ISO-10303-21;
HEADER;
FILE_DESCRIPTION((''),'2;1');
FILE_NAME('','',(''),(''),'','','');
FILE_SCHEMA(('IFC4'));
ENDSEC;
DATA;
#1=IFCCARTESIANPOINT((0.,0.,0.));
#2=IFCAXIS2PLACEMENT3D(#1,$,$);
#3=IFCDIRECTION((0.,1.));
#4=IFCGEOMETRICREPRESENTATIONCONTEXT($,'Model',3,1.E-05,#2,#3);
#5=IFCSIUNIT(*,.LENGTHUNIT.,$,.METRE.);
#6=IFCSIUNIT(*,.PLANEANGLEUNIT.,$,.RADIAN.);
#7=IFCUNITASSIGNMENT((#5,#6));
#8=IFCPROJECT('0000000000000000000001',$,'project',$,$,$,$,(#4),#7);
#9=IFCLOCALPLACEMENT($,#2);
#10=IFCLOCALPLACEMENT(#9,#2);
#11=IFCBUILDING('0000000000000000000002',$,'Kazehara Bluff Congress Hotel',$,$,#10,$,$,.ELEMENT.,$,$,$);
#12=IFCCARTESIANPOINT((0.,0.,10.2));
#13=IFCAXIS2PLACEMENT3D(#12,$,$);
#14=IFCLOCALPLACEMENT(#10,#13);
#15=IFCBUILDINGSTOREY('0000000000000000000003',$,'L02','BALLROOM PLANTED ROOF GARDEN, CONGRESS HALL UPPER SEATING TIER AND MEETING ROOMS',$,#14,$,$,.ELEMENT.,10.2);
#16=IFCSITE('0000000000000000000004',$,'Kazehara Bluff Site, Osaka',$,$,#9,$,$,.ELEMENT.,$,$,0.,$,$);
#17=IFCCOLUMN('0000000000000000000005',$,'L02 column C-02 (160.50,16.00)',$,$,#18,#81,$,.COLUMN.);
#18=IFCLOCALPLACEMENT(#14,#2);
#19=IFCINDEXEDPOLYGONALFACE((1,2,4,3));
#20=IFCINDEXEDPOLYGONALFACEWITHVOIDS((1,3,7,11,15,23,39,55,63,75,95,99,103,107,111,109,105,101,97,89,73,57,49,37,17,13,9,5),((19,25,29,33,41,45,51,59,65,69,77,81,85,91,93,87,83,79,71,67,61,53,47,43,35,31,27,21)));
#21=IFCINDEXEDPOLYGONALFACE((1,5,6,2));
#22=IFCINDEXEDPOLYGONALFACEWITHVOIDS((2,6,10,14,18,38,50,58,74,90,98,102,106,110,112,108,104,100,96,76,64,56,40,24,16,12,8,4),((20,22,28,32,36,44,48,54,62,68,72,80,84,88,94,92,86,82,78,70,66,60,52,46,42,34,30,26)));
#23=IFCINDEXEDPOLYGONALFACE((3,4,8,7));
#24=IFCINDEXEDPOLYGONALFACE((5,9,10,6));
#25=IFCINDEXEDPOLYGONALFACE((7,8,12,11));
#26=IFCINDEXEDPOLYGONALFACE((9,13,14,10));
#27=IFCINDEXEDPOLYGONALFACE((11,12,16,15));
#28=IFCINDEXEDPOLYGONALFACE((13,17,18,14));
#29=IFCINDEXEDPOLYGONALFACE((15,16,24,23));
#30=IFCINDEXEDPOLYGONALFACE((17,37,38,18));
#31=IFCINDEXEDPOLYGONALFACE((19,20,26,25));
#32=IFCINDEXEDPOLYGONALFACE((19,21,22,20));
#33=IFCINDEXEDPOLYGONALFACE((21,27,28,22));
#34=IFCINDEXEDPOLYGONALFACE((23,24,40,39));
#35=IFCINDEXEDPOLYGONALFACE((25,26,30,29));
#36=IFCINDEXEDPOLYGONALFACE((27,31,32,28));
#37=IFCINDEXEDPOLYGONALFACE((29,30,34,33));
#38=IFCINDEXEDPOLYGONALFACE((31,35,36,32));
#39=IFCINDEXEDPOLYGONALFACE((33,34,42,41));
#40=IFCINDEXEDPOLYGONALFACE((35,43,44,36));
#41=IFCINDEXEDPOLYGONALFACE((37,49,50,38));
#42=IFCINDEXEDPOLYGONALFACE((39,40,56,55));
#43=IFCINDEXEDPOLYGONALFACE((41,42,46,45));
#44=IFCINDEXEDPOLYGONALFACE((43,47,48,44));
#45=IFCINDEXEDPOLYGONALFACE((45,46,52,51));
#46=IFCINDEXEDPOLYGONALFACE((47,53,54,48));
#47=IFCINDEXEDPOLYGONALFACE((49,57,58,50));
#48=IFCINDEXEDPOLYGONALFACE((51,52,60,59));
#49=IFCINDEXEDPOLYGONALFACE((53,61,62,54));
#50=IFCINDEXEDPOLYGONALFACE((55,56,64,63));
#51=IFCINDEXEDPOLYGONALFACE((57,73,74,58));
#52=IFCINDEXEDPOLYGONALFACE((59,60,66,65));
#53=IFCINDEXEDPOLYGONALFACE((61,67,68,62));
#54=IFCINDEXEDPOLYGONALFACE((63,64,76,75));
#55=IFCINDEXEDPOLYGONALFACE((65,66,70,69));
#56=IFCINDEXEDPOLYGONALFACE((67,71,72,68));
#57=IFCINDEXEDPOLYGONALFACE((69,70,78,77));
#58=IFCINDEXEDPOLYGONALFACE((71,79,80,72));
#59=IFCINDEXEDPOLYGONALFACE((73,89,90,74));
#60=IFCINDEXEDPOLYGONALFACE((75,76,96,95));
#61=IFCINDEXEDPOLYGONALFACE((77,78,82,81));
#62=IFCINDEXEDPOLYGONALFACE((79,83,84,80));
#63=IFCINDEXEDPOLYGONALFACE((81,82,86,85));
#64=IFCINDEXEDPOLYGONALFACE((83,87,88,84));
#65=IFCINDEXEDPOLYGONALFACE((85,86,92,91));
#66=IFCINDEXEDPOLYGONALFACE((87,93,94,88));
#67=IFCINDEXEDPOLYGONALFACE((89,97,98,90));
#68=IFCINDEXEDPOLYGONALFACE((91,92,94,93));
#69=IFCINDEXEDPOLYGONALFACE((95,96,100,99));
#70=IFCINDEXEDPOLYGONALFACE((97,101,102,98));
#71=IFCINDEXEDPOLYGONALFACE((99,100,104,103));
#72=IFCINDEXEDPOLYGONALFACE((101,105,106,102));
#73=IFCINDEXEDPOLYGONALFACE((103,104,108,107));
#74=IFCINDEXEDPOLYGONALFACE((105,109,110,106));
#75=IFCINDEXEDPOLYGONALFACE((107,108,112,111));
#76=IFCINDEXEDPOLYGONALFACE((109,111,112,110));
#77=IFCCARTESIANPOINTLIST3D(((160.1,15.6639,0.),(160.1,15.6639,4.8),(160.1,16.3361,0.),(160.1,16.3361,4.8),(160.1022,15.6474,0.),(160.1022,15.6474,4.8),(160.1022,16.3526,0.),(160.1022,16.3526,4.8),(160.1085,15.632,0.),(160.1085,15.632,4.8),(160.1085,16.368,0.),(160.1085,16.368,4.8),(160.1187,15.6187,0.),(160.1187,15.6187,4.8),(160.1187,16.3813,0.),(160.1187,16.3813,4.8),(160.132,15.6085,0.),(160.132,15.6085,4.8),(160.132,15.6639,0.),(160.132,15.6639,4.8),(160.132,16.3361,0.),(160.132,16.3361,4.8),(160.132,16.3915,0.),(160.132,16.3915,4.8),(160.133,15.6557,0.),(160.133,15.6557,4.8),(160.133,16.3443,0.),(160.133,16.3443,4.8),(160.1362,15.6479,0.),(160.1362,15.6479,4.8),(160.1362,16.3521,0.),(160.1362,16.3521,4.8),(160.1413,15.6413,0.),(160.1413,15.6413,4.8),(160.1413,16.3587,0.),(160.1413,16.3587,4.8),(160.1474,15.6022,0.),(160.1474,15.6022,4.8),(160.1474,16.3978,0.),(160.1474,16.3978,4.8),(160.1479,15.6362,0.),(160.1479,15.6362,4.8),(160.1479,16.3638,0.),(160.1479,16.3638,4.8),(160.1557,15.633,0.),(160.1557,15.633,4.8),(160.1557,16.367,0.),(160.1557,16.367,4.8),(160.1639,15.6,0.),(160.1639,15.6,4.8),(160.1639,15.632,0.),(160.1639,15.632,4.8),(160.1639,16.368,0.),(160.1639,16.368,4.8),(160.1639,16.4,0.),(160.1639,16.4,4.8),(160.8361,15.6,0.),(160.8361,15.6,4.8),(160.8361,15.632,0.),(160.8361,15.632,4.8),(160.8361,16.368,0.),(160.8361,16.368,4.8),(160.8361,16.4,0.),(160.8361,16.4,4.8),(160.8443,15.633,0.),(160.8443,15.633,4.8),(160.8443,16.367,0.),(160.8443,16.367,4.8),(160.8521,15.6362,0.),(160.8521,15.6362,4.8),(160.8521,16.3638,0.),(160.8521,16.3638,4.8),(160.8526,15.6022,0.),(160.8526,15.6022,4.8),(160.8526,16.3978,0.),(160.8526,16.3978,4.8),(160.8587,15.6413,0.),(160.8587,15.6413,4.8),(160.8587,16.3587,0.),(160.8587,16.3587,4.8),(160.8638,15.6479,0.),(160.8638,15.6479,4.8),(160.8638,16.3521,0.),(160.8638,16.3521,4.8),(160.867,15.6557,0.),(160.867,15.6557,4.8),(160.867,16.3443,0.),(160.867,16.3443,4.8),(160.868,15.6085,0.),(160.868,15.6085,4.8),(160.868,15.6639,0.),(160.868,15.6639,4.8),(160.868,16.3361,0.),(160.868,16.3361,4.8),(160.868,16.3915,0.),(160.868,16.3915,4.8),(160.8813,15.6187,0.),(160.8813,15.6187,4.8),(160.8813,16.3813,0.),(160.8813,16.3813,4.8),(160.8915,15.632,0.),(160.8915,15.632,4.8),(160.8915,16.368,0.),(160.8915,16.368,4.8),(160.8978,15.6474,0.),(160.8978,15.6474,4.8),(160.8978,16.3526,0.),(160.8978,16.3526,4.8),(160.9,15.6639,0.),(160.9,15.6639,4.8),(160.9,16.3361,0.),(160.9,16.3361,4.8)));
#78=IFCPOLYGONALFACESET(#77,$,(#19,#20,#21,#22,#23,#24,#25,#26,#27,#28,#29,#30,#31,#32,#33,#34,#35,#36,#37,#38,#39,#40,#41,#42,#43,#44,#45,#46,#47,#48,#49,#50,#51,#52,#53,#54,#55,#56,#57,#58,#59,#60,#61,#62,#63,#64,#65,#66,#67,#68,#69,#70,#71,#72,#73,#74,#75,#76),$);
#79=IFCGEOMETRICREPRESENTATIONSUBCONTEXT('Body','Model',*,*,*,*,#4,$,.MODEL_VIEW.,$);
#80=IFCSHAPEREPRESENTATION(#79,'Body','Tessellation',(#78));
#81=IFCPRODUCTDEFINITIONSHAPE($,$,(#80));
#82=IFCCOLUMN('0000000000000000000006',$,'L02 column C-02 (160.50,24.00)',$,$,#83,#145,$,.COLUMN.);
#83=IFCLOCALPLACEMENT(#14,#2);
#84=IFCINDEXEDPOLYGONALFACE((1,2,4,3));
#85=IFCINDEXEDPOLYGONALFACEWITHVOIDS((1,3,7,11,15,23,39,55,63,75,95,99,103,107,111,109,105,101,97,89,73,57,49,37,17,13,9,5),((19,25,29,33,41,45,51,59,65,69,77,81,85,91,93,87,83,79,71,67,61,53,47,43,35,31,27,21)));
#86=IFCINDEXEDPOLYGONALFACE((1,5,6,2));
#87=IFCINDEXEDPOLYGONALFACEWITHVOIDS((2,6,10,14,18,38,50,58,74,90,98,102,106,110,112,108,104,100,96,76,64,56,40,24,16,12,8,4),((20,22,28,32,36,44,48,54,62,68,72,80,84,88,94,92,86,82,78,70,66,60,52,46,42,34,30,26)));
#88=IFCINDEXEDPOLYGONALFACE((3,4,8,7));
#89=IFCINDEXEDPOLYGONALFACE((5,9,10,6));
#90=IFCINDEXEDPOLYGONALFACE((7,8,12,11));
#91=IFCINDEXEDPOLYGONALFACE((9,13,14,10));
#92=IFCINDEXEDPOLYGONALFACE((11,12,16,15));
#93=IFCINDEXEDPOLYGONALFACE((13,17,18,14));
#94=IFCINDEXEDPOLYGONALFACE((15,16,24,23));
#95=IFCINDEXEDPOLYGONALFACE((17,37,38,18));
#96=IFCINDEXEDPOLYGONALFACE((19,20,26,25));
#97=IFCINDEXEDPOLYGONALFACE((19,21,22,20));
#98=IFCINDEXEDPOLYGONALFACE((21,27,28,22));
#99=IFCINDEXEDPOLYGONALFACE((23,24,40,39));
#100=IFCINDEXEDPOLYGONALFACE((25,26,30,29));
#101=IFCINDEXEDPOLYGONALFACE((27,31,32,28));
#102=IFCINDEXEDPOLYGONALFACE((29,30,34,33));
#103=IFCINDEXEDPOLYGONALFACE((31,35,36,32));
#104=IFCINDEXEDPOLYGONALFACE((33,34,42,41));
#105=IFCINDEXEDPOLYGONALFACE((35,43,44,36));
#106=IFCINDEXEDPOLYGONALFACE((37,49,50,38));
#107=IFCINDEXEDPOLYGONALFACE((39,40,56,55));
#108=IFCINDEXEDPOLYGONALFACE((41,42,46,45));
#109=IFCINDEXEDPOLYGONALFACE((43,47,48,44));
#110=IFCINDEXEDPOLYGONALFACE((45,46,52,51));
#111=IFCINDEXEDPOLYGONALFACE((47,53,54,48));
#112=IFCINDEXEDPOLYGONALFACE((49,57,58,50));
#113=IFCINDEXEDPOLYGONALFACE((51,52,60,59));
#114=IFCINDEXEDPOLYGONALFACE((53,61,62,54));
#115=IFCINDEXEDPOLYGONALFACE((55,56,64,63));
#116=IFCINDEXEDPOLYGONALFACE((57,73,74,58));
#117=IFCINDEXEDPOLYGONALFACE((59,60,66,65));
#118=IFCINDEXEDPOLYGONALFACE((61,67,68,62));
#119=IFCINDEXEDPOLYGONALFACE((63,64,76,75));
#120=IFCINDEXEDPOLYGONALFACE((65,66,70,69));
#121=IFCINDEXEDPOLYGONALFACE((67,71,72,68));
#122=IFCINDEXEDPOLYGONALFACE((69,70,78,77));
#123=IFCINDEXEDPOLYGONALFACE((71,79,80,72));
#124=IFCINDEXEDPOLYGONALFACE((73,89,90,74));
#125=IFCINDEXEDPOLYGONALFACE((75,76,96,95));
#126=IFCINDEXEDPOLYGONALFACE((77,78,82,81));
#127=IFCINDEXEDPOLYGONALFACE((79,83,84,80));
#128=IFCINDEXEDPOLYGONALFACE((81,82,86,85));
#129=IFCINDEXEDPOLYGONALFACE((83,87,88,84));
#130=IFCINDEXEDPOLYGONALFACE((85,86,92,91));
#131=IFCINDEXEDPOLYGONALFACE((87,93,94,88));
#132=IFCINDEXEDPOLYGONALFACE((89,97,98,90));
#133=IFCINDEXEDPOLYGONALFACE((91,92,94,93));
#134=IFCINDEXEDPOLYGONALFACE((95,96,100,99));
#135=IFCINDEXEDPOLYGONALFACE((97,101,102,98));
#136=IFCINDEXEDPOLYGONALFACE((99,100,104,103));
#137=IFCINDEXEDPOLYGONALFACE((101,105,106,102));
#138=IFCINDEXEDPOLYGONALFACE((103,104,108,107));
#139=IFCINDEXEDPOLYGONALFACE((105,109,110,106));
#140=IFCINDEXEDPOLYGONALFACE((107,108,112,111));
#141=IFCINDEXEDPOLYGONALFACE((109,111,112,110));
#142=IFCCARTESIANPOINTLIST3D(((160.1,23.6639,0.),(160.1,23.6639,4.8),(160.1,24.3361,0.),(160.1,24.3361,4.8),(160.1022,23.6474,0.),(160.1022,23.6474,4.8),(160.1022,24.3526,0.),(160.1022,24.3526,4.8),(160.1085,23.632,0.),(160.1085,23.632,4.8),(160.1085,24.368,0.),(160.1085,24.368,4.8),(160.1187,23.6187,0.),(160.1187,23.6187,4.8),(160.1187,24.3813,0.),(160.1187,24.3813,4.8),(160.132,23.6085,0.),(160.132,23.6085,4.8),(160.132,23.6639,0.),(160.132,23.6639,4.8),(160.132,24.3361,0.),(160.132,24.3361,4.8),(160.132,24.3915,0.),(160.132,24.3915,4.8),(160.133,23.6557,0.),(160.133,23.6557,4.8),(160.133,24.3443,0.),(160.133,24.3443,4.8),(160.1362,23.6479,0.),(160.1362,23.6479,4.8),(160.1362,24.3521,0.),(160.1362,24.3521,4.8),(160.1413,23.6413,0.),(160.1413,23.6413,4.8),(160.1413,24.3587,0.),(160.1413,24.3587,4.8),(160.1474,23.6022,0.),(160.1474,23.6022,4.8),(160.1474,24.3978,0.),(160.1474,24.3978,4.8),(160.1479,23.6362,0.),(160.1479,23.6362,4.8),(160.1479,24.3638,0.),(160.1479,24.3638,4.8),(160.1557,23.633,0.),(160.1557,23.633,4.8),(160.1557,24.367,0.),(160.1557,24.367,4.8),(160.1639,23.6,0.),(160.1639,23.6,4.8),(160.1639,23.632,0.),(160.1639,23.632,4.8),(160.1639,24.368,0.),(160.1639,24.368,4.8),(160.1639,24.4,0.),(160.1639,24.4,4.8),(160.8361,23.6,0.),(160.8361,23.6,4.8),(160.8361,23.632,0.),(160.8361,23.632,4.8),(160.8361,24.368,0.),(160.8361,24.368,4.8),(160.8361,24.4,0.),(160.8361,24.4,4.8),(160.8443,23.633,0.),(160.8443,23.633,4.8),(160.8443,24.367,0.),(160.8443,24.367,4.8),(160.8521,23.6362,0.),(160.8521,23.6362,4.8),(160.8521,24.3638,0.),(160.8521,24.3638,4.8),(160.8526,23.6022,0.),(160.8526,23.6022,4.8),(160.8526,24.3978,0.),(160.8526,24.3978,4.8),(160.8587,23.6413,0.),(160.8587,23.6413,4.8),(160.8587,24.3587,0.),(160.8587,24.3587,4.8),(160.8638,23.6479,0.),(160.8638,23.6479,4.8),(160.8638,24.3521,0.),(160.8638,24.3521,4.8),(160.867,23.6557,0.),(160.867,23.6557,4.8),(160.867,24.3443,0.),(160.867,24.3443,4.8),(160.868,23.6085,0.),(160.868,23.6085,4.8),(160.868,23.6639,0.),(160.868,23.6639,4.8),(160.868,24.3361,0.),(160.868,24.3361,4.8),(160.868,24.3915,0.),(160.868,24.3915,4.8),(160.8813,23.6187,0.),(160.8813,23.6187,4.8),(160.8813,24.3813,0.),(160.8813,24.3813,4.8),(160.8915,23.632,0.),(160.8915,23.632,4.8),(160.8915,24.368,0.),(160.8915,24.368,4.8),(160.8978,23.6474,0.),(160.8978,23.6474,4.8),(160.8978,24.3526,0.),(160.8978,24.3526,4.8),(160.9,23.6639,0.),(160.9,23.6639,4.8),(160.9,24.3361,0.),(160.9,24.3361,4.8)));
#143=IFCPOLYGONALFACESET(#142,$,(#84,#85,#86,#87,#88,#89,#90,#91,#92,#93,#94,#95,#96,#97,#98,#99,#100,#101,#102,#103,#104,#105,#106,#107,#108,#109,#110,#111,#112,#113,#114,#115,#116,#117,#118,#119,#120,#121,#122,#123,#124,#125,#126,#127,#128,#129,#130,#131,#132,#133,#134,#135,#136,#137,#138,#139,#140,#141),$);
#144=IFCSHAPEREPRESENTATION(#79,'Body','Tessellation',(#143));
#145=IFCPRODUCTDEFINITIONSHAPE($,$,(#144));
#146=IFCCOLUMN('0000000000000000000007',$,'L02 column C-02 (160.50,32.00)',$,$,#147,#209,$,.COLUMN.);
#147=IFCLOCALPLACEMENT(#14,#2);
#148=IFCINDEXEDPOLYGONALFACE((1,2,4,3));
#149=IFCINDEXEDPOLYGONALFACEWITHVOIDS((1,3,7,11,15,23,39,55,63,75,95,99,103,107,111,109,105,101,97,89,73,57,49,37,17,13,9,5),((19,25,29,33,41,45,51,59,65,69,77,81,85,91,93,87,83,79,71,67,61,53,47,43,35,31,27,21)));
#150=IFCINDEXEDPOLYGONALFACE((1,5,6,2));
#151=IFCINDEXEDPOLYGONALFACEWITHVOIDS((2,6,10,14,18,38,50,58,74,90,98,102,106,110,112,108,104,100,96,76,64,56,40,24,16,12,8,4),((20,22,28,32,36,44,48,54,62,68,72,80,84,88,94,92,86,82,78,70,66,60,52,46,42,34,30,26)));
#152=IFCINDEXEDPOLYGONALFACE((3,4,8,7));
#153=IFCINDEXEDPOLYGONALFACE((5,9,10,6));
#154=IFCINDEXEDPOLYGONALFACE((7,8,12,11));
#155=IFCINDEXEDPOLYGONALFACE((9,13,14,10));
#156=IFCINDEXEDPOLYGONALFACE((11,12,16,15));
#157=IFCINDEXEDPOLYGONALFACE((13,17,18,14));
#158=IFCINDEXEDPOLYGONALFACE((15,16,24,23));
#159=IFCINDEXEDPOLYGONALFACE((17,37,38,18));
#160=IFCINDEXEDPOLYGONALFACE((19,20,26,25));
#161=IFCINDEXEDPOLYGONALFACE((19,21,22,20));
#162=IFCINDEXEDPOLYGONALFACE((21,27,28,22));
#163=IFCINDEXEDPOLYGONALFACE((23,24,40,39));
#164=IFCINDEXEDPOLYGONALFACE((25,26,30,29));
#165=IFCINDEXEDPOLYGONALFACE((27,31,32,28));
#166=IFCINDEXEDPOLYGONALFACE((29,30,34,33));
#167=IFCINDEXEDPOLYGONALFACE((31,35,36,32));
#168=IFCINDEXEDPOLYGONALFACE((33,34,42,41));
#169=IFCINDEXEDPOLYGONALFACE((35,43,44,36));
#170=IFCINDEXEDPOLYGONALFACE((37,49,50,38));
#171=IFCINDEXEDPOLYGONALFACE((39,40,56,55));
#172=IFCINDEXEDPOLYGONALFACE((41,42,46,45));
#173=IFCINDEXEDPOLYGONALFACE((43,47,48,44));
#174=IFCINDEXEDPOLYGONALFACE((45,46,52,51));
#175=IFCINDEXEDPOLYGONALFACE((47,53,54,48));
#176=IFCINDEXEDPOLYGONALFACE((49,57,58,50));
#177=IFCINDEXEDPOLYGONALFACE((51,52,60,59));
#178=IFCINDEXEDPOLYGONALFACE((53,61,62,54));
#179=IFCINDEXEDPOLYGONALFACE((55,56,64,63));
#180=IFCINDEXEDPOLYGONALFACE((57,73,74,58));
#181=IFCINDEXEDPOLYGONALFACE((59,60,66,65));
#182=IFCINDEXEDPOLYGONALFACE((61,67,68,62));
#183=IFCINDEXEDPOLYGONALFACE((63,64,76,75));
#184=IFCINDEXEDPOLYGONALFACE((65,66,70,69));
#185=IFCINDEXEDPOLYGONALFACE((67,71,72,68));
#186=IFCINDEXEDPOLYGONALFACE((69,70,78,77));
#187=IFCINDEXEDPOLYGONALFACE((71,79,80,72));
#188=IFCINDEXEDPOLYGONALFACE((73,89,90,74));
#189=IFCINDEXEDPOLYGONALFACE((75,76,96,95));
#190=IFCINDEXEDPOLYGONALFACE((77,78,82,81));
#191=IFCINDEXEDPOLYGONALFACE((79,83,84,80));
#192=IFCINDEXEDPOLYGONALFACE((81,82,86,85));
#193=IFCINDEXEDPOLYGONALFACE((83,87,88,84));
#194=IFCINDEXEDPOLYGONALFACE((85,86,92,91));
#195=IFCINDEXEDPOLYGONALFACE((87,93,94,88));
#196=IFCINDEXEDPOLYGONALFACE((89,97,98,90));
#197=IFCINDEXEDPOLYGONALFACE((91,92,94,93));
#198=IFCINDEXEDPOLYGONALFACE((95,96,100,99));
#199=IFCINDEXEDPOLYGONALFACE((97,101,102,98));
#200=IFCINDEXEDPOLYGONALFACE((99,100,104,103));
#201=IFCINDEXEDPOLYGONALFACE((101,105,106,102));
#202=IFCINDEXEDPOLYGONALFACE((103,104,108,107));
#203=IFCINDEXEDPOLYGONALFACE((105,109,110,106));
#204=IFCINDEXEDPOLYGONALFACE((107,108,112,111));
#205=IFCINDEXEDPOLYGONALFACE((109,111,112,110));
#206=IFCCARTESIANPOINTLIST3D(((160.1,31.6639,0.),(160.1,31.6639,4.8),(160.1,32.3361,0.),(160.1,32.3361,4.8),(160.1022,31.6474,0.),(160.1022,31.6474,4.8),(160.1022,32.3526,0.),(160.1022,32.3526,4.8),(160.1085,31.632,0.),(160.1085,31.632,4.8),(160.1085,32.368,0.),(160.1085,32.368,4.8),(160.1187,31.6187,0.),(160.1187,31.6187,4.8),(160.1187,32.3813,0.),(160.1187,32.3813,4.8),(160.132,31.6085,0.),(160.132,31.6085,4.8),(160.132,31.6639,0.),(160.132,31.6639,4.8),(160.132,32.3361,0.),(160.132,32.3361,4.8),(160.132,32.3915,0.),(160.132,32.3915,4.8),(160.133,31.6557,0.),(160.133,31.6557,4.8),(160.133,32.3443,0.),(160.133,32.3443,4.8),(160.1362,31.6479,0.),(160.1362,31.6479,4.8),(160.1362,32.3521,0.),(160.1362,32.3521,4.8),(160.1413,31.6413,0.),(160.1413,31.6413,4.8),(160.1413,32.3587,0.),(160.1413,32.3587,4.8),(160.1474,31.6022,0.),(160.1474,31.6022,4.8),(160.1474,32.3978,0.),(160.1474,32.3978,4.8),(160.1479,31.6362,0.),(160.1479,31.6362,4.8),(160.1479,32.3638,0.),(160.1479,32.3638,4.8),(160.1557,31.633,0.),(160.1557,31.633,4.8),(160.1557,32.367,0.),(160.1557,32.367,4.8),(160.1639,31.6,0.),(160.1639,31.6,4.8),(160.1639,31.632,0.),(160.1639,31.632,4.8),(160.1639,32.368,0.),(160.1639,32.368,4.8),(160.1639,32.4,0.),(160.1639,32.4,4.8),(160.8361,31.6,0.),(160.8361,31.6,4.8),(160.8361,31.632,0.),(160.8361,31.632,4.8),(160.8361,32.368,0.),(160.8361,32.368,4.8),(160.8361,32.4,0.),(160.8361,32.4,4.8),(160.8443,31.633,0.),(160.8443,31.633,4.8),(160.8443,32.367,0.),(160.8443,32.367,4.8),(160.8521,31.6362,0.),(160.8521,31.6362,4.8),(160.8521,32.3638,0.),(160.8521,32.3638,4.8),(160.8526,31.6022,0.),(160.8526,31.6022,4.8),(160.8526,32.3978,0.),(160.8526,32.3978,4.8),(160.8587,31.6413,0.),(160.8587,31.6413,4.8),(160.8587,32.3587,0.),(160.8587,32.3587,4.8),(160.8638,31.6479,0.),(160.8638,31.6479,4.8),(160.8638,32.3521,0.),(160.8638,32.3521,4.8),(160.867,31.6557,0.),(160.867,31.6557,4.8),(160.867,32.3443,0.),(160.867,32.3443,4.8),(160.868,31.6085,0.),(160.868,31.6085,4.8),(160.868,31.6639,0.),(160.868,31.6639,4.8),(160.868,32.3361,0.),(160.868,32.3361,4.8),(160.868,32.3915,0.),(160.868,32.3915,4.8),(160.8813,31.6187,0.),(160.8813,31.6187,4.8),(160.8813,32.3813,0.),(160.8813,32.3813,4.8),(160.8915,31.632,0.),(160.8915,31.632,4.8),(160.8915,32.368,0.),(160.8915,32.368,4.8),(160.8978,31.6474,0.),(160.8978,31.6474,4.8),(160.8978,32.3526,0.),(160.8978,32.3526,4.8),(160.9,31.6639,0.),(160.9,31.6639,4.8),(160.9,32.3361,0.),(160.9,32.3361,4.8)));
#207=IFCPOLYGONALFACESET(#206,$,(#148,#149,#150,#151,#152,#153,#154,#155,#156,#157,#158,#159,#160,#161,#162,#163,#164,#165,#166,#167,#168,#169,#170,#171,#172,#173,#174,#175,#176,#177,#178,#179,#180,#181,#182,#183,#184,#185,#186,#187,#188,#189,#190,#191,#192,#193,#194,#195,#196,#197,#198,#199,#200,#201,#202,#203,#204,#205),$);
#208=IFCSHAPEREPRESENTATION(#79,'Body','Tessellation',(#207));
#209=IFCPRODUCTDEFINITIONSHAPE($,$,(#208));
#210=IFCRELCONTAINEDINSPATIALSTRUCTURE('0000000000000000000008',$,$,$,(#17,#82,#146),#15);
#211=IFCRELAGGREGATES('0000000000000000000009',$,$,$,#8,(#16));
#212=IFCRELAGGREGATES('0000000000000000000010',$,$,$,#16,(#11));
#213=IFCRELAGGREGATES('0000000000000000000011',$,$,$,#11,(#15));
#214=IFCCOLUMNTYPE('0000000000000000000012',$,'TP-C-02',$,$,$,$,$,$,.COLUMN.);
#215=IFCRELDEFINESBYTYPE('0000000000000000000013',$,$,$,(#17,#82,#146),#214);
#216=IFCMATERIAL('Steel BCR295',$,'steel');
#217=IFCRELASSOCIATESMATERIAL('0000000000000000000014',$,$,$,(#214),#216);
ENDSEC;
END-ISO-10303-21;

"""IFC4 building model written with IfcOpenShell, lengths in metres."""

from ifc_helpers import new_model, si_unit, direction, frame, origin, origin_2d, place, context, subcontext, project, spatial, hollow_rectangle, extrude, material, material_profile, profile_set, type_object, element, save


model = new_model("IFC4")

# Units and contexts
model_context = context("Model", 3, precision=1e-05, world=origin(), true_north=direction((0.0, 1.0)))
body_context = subcontext(model_context, "Body", "Model", "MODEL_VIEW")
ifc_project = project(units=[si_unit("LENGTHUNIT", "METRE"), si_unit("PLANEANGLEUNIT", "RADIAN")], contexts=[model_context])

# Site, building, storey
site_placement = place(None, origin())
site = spatial("IfcSite", under=ifc_project, at=site_placement, Name="Kazehara Bluff Site, Osaka", CompositionType="ELEMENT", RefElevation=0.0)
building_placement = place(site_placement, origin())
building = spatial("IfcBuilding", under=site, at=building_placement, Name="Kazehara Bluff Congress Hotel", CompositionType="ELEMENT")
storey_placement = place(building_placement, frame((0.0, 0.0, 10.2)))
storey = spatial("IfcBuildingStorey", under=building, at=storey_placement, Name="L02", Description="BALLROOM PLANTED ROOF GARDEN, CONGRESS HALL UPPER SEATING TIER AND MEETING ROOMS", CompositionType="ELEMENT", Elevation=10.2)

# Columns
ifc_material_1 = material(Name="Steel BCR295", Category="steel")
ifc_material_profile_1 = material_profile(ifc_material_1, hollow_rectangle(XDim=0.8, YDim=0.8, WallThickness=0.032, InnerFilletRadius=0.032, OuterFilletRadius=0.064, at=origin_2d()))
ifc_profile_set_1 = profile_set([ifc_material_profile_1], Name="Steel BCR295")
column_type_1 = type_object("IfcColumnType", Name="TP-C-02", PredefinedType="COLUMN", material=ifc_profile_set_1)
for number, where, z_axis, x_axis, name in (
    (1, (160.5, 16.0, 0.0), (0.0, 0.0, 1.0), (1.0, 0.0, 0.0), "L02 column C-02 (160.50,16.00)"),
    (2, (160.5, 24.0, 0.0), (0.0, 0.0, 1.0), (1.0, 0.0, 0.0), "L02 column C-02 (160.50,24.00)"),
    (3, (160.5, 32.0, 0.0), (0.0, 0.0, 1.0), (1.0, 0.0, 0.0), "L02 column C-02 (160.50,32.00)"),
):
    element("IfcColumn", number, at=place(storey_placement, frame(where, z_axis=z_axis, x_axis=x_axis)), inside=storey, type_object=column_type_1, Name=name, PredefinedType="COLUMN", context=body_context, shape_type="SweptSolid", body=[
        extrude(hollow_rectangle(XDim=0.8, YDim=0.8, WallThickness=0.032, InnerFilletRadius=0.032, OuterFilletRadius=0.064, at=origin_2d()), origin(), (0.0, 0.0, 1.0), 4.8),
    ])

save(model, "model.ifc")
